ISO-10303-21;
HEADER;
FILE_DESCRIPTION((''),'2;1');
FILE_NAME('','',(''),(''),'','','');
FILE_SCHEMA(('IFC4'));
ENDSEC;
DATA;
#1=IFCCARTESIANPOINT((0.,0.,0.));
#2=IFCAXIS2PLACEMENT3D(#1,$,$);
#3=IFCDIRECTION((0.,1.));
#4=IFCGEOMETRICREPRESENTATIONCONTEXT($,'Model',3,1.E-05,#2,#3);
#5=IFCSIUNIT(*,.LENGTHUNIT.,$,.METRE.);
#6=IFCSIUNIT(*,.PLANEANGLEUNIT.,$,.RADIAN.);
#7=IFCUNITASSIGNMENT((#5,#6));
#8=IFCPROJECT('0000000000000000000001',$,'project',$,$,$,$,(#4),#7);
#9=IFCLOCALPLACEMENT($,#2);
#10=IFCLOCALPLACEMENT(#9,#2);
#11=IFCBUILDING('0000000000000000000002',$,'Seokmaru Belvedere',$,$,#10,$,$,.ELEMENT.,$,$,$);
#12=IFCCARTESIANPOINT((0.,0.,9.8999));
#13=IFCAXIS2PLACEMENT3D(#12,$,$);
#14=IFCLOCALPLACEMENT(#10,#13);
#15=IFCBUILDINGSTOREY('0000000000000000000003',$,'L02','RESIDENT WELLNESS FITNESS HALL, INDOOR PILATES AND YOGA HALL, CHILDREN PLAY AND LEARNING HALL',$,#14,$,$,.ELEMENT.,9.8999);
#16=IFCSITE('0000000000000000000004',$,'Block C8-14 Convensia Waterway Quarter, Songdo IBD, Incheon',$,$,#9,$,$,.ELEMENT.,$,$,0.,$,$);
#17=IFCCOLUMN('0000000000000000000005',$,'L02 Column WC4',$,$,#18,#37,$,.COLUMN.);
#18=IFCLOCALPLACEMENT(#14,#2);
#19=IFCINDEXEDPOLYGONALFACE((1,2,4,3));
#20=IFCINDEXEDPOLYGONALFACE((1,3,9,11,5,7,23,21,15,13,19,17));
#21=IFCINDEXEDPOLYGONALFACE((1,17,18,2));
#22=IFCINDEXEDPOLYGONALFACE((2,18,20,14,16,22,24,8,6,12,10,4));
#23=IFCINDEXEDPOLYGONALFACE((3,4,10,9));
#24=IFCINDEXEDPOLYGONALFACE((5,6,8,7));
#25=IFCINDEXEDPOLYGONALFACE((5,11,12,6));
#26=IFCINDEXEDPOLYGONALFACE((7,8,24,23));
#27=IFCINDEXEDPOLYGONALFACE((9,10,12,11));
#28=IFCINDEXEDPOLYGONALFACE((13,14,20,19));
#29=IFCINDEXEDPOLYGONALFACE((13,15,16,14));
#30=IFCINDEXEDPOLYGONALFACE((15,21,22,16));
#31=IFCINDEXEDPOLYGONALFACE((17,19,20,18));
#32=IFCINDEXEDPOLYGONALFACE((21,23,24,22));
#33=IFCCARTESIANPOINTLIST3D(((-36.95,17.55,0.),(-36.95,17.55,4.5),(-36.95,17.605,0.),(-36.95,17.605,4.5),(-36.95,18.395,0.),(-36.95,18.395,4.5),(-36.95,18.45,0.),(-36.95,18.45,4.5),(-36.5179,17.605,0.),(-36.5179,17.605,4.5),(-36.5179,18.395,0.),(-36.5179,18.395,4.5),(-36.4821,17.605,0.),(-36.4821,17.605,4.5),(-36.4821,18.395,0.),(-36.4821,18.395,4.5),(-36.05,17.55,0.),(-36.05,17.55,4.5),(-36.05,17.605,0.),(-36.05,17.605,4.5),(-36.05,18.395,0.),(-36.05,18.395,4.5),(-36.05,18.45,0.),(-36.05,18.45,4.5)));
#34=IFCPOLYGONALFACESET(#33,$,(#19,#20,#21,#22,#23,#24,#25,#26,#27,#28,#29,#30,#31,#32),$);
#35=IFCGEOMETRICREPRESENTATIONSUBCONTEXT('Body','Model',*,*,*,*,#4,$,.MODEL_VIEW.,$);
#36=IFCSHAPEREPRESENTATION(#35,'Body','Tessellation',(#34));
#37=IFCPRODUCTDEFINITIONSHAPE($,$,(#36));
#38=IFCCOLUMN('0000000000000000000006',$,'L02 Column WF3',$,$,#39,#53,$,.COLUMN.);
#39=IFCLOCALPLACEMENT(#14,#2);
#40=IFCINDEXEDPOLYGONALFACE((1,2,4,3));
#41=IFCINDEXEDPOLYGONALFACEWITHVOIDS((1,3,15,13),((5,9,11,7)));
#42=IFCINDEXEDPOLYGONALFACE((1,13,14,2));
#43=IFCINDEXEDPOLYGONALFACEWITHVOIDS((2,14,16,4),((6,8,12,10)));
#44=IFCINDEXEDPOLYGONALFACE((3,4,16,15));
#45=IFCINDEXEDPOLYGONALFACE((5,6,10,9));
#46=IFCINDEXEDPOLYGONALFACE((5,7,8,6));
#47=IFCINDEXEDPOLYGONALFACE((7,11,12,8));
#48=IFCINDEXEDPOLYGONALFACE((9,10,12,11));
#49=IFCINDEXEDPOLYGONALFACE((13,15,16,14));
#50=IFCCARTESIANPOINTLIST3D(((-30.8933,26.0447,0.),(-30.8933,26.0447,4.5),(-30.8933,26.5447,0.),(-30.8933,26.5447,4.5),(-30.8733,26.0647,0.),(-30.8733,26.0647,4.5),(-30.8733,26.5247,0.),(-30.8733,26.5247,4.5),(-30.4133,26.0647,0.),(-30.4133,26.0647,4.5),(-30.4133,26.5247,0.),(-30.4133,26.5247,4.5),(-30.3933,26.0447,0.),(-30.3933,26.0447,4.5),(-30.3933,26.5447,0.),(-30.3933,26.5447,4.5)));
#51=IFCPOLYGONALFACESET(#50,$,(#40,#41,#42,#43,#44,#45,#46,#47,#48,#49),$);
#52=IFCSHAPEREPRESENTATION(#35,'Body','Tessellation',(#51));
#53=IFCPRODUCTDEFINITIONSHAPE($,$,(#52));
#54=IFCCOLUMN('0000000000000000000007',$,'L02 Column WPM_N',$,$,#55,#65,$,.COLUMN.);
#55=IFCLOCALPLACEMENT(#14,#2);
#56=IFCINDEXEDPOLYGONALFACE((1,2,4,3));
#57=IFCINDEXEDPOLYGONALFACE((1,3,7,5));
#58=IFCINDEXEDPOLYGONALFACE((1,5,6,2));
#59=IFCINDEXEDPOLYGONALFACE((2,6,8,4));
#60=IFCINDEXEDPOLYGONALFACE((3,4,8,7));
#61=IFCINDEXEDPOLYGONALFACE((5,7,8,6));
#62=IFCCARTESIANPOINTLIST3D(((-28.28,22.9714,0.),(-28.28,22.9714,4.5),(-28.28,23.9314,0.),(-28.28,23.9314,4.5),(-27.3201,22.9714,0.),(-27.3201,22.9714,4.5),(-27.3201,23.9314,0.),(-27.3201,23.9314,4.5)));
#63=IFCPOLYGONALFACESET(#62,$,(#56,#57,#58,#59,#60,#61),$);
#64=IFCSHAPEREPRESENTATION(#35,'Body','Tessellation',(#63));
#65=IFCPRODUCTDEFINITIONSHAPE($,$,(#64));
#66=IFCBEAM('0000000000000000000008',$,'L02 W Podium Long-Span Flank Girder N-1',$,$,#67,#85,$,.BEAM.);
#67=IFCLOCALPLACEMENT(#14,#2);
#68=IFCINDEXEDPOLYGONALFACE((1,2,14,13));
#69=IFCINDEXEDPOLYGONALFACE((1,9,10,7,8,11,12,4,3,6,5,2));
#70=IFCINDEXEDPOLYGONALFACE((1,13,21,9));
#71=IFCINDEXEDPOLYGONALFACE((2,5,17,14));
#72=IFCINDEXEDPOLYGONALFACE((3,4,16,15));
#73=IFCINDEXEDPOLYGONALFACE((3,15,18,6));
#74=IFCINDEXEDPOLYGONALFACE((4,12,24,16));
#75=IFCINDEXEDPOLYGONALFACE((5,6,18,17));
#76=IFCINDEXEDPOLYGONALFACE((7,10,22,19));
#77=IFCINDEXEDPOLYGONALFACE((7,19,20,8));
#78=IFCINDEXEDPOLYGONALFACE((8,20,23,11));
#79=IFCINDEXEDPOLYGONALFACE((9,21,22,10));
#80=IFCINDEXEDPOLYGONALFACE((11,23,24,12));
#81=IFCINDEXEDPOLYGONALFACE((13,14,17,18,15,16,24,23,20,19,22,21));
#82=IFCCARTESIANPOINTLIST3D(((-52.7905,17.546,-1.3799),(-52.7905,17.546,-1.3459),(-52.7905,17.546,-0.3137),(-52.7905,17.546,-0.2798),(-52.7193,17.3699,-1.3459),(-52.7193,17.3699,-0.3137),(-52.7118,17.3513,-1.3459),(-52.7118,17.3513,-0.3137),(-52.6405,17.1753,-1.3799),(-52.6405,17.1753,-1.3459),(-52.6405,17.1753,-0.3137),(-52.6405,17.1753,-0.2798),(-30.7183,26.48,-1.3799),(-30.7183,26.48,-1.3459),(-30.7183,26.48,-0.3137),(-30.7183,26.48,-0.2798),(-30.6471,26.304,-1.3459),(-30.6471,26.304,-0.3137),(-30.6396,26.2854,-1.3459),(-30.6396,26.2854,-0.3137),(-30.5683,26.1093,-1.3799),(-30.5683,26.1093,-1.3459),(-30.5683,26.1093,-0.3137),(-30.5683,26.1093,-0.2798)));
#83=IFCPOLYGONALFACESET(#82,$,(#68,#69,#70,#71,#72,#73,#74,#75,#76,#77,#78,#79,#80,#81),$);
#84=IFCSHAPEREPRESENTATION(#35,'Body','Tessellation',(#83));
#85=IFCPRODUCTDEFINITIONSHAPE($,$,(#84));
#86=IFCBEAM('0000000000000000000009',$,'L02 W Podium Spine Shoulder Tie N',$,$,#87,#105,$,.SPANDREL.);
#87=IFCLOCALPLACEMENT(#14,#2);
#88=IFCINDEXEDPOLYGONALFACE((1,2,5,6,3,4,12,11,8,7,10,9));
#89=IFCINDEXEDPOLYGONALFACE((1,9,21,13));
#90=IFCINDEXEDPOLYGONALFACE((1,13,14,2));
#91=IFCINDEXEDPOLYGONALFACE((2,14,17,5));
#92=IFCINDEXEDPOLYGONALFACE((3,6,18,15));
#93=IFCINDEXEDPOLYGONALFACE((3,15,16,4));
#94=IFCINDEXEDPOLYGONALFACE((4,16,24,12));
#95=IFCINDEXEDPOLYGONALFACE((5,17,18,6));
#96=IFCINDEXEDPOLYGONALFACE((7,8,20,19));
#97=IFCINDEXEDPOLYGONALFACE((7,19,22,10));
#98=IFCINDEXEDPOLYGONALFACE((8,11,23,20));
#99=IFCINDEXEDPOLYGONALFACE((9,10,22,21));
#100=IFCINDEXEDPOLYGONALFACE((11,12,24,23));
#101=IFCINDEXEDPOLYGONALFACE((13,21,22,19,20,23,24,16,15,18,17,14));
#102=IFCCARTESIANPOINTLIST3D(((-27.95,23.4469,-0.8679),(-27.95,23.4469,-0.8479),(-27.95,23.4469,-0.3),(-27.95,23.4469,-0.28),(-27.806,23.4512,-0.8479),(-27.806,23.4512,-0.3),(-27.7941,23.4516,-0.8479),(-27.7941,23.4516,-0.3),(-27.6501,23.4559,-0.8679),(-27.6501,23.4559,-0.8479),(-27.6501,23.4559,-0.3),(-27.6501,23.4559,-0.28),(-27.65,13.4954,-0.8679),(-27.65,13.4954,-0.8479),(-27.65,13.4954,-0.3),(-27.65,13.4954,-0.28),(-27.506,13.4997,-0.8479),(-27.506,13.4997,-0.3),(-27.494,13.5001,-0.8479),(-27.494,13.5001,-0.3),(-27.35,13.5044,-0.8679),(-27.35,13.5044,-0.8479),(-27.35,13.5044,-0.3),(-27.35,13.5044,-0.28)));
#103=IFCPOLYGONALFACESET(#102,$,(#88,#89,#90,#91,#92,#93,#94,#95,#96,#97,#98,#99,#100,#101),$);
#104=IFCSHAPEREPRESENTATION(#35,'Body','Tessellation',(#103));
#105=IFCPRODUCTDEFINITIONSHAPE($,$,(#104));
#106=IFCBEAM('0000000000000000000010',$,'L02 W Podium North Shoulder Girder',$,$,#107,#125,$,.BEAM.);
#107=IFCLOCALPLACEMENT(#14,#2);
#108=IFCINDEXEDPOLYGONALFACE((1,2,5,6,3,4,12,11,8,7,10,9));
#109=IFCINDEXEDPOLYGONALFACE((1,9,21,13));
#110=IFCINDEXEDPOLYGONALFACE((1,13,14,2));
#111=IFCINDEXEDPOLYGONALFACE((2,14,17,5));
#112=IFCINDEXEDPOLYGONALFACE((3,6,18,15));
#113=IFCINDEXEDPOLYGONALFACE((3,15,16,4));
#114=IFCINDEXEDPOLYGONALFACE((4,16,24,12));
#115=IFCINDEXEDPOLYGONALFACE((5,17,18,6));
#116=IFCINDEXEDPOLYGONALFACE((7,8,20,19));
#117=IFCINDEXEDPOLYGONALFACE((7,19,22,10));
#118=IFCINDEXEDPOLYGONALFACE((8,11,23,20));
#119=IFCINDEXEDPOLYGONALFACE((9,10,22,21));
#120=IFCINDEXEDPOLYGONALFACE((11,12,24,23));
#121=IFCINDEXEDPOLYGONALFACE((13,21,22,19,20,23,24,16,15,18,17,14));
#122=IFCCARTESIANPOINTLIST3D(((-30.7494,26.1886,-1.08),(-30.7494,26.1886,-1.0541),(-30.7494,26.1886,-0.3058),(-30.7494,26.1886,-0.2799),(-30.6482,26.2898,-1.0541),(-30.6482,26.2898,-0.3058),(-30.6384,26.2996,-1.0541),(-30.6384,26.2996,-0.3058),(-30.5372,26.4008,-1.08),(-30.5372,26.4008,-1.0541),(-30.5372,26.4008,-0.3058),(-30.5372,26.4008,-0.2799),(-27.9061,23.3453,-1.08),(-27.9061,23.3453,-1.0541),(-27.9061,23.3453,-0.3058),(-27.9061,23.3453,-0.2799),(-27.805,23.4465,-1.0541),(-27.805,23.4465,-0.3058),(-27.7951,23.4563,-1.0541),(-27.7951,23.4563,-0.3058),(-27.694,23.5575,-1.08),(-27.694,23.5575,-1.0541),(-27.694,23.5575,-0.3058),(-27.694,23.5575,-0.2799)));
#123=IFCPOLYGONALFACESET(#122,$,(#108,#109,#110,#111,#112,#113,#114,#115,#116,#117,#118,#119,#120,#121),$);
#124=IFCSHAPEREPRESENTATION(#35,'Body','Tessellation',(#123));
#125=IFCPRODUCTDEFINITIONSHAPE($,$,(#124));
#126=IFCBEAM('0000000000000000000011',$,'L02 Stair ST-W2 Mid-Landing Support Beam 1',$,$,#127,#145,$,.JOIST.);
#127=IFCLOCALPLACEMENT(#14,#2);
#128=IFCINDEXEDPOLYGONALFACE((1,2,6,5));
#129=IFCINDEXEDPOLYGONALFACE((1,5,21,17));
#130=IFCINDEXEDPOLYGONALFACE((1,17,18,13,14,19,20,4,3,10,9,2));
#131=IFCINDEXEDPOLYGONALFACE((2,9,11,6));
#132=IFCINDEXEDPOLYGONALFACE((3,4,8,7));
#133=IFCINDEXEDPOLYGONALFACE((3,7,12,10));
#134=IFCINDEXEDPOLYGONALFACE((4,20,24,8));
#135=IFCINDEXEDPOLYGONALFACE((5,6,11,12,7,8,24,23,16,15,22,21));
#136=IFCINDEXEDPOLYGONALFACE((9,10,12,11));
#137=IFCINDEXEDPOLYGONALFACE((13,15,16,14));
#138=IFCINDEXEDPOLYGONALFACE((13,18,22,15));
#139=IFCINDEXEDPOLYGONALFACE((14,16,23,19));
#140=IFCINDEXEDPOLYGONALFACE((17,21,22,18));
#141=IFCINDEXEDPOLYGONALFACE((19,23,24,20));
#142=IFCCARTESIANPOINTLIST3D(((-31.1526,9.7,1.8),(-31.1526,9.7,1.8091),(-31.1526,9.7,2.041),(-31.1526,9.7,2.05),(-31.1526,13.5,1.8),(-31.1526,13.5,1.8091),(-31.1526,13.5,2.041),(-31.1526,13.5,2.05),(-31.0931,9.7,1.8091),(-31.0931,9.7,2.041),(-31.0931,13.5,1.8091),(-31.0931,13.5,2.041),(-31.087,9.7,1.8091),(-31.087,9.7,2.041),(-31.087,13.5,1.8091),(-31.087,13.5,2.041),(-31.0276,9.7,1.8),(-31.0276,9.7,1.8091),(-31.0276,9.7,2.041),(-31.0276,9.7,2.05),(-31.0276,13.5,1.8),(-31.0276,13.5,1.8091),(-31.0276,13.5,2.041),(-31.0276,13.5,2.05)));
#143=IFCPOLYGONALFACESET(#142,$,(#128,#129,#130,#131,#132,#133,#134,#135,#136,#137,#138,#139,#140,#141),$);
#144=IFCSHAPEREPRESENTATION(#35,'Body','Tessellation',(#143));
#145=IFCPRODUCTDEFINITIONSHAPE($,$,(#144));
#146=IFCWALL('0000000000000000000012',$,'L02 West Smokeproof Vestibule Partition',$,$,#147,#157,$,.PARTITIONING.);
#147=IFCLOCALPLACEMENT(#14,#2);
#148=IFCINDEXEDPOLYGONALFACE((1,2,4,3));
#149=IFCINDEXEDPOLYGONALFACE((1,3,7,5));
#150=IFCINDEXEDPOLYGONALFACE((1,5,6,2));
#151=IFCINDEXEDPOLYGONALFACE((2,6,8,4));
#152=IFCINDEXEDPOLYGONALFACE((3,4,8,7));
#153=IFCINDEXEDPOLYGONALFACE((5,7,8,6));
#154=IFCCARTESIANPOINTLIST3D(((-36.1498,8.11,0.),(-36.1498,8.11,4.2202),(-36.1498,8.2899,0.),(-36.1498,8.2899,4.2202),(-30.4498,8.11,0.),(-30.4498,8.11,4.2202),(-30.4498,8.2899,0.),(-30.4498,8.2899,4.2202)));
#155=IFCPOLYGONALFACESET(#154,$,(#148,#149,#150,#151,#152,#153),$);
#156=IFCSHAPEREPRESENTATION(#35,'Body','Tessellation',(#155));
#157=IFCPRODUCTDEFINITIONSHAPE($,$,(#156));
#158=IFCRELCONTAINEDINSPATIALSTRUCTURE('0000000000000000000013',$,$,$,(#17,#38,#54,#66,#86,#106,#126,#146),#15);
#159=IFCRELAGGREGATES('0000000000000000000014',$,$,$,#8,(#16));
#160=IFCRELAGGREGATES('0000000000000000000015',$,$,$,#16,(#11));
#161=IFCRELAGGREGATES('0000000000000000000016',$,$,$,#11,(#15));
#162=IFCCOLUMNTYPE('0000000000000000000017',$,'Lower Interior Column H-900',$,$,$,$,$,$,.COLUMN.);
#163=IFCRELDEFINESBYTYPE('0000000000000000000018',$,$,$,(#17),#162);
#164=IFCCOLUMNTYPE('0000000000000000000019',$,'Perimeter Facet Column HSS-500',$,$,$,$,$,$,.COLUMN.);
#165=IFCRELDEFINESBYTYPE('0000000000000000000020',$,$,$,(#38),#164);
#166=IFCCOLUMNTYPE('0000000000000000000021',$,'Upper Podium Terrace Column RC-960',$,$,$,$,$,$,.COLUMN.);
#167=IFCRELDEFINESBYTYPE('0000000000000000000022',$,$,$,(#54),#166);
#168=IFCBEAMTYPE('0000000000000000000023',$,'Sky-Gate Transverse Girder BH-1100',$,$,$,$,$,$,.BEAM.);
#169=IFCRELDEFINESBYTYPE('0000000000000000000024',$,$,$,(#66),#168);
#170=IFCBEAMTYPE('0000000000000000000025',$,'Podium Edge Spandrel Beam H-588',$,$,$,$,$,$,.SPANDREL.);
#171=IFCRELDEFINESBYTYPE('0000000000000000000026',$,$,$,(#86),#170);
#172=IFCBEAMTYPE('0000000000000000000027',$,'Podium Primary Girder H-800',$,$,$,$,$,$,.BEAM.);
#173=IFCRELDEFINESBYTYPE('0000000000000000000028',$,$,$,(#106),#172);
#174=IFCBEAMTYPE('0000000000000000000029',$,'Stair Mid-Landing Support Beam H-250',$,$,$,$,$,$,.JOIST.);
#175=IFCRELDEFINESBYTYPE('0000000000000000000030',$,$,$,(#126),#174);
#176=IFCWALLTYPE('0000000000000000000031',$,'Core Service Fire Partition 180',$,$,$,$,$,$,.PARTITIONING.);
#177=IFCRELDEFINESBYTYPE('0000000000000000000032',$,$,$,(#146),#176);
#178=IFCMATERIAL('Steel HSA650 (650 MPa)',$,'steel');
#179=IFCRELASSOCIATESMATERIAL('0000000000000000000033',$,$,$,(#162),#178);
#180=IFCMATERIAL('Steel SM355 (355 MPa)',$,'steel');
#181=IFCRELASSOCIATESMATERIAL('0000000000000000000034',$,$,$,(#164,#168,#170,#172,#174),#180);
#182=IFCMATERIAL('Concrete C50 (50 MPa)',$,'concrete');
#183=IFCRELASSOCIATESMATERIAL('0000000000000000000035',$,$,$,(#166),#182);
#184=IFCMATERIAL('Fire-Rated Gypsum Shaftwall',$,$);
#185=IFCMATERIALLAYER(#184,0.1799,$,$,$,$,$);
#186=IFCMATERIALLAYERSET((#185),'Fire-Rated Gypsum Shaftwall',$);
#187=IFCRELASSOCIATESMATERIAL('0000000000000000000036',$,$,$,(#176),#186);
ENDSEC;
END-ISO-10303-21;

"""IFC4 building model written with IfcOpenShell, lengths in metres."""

from ifc_helpers import new_model, si_unit, direction, frame, frame_2d, origin, origin_2d, place, context, subcontext, project, spatial, rectangle, hollow_rectangle, i_section, extrude, source, transform, mapped, material, layer, layer_set, material_profile, profile_set, type_object, type_shapes, element, save


model = new_model("IFC4")

# Units and contexts
model_context = context("Model", 3, precision=1e-05, world=origin(), true_north=direction((0.0, 1.0)))
body_context = subcontext(model_context, "Body", "Model", "MODEL_VIEW")
ifc_project = project(units=[si_unit("LENGTHUNIT", "METRE"), si_unit("PLANEANGLEUNIT", "RADIAN")], contexts=[model_context])

# Site, building, storey
site_placement = place(None, origin())
site = spatial("IfcSite", under=ifc_project, at=site_placement, Name="Block C8-14 Convensia Waterway Quarter, Songdo IBD, Incheon", CompositionType="ELEMENT", RefElevation=0.0)
building_placement = place(site_placement, origin())
building = spatial("IfcBuilding", under=site, at=building_placement, Name="Seokmaru Belvedere", CompositionType="ELEMENT")
storey_placement = place(building_placement, frame((0.0, 0.0, 9.8999)))
storey = spatial("IfcBuildingStorey", under=building, at=storey_placement, Name="L02", Description="RESIDENT WELLNESS FITNESS HALL, INDOOR PILATES AND YOGA HALL, CHILDREN PLAY AND LEARNING HALL", CompositionType="ELEMENT", Elevation=9.8999)

# Columns
ifc_material_1 = material(Name="Steel HSA650 (650 MPa)", Category="steel")
ifc_material_profile_1 = material_profile(ifc_material_1, i_section(OverallWidth=0.8999, OverallDepth=0.8999, WebThickness=0.0359, FlangeThickness=0.0549, at=origin_2d()), Name="H-900x900x36x55")
ifc_profile_set_1 = profile_set([ifc_material_profile_1], Name="Steel HSA650 (650 MPa)")
column_type_1 = type_object("IfcColumnType", Name="Lower Interior Column H-900", PredefinedType="COLUMN", material=ifc_profile_set_1)
shared_shape_1 = source(origin(), body_context, "Body", "SweptSolid", [
    extrude(i_section(OverallWidth=0.8999, OverallDepth=0.8999, WebThickness=0.0359, FlangeThickness=0.0549, at=origin_2d()), origin(), (0.0, 0.0, 1.0), 4.5),
])
type_shapes(column_type_1, [shared_shape_1])
column_1_placement = place(storey_placement, frame((-36.5, 18.0, 0.0), z_axis=(0.0, 0.0, 1.0), x_axis=(1.0, 0.0, 0.0)))
element("IfcColumn", 1, at=column_1_placement, inside=storey, type_object=column_type_1, Name="L02 Column WC4", PredefinedType="COLUMN", context=body_context, shape_type="MappedRepresentation", body=[
    mapped(shared_shape_1, transform((0.0, 0.0, 0.0), scale=1.0)),
])
ifc_material_2 = material(Name="Steel SM355 (355 MPa)", Category="steel")
ifc_material_profile_2 = material_profile(ifc_material_2, hollow_rectangle(XDim=0.5, YDim=0.5, WallThickness=0.02, at=origin_2d()), Name="HSS-500x500x20")
ifc_profile_set_2 = profile_set([ifc_material_profile_2], Name="Steel SM355 (355 MPa)")
column_type_2 = type_object("IfcColumnType", Name="Perimeter Facet Column HSS-500", PredefinedType="COLUMN", material=ifc_profile_set_2)
shared_shape_2 = source(origin(), body_context, "Body", "SweptSolid", [
    extrude(hollow_rectangle(XDim=0.5, YDim=0.5, WallThickness=0.02, at=origin_2d()), origin(), (0.0, 0.0, 1.0), 4.5),
])
type_shapes(column_type_2, [shared_shape_2])
column_2_placement = place(storey_placement, frame((-30.6433, 26.2947, 0.0), z_axis=(0.0, 0.0, 1.0), x_axis=(1.0, 0.0, 0.0)))
element("IfcColumn", 2, at=column_2_placement, inside=storey, type_object=column_type_2, Name="L02 Column WF3", PredefinedType="COLUMN", context=body_context, shape_type="MappedRepresentation", body=[
    mapped(shared_shape_2, transform((0.0, 0.0, 0.0), scale=1.0)),
])
ifc_material_3 = material(Name="Concrete C50 (50 MPa)", Category="concrete")
ifc_material_profile_3 = material_profile(ifc_material_3, rectangle(XDim=0.96, YDim=0.96, at=origin_2d()), Name="RC-960x960")
ifc_profile_set_3 = profile_set([ifc_material_profile_3], Name="Concrete C50 (50 MPa)")
column_type_3 = type_object("IfcColumnType", Name="Upper Podium Terrace Column RC-960", PredefinedType="COLUMN", material=ifc_profile_set_3)
shared_shape_3 = source(origin(), body_context, "Body", "SweptSolid", [
    extrude(rectangle(XDim=0.96, YDim=0.96, at=origin_2d()), origin(), (0.0, 0.0, 1.0), 4.5),
])
type_shapes(column_type_3, [shared_shape_3])
column_3_placement = place(storey_placement, frame((-27.8, 23.4514, 0.0), z_axis=(0.0, 0.0, 1.0), x_axis=(1.0, 0.0, 0.0)))
element("IfcColumn", 3, at=column_3_placement, inside=storey, type_object=column_type_3, Name="L02 Column WPM_N", PredefinedType="COLUMN", context=body_context, shape_type="MappedRepresentation", body=[
    mapped(shared_shape_3, transform((0.0, 0.0, 0.0), scale=1.0)),
])

# Beams
ifc_material_profile_4 = material_profile(ifc_material_2, i_section(OverallWidth=0.3999, OverallDepth=1.1001, WebThickness=0.02, FlangeThickness=0.0339, at=origin_2d()), Name="BH-1100x400x20x34")
ifc_profile_set_4 = profile_set([ifc_material_profile_4], Name="Steel SM355 (355 MPa)")
beam_type_1 = type_object("IfcBeamType", Name="Sky-Gate Transverse Girder BH-1100", PredefinedType="BEAM", material=ifc_profile_set_4)
shared_shape_4 = source(origin(), body_context, "Body", "SweptSolid", [
    extrude(i_section(OverallWidth=0.3999, OverallDepth=1.1001, WebThickness=0.02, FlangeThickness=0.0339, at=origin_2d()), origin(), (0.0, 0.0, 1.0), 23.8118),
])
type_shapes(beam_type_1, [shared_shape_4])
beam_1_placement = place(storey_placement, frame((-30.6433, 26.2947, -0.8298), z_axis=(-0.926946, -0.375195, 0.0), x_axis=(0.375195, -0.926946, 0.0)))
element("IfcBeam", 4, at=beam_1_placement, inside=storey, type_object=beam_type_1, Name="L02 W Podium Long-Span Flank Girder N-1", PredefinedType="BEAM", context=body_context, shape_type="MappedRepresentation", body=[
    mapped(shared_shape_4, transform((0.0, 0.0, 0.0), scale=1.0)),
])
ifc_material_profile_5 = material_profile(ifc_material_2, i_section(OverallWidth=0.3, OverallDepth=0.5879, WebThickness=0.012, FlangeThickness=0.02, at=origin_2d()), Name="H-588x300x12x20")
ifc_profile_set_5 = profile_set([ifc_material_profile_5], Name="Steel SM355 (355 MPa)")
beam_type_2 = type_object("IfcBeamType", Name="Podium Edge Spandrel Beam H-588", PredefinedType="SPANDREL", material=ifc_profile_set_5)
shared_shape_5 = source(origin(), body_context, "Body", "SweptSolid", [
    extrude(i_section(OverallWidth=0.3, OverallDepth=0.5879, WebThickness=0.012, FlangeThickness=0.02, at=origin_2d()), origin(), (0.0, 0.0, 1.0), 9.9561),
])
type_shapes(beam_type_2, [shared_shape_5])
beam_2_placement = place(storey_placement, frame((-27.8, 23.4514, -0.574), z_axis=(0.030138, -0.999546, 0.0), x_axis=(0.999546, 0.030138, 0.0)))
element("IfcBeam", 5, at=beam_2_placement, inside=storey, type_object=beam_type_2, Name="L02 W Podium Spine Shoulder Tie N", PredefinedType="SPANDREL", context=body_context, shape_type="MappedRepresentation", body=[
    mapped(shared_shape_5, transform((0.0, 0.0, 0.0), scale=1.0)),
])
ifc_material_profile_6 = material_profile(ifc_material_2, i_section(OverallWidth=0.3, OverallDepth=0.8, WebThickness=0.0139, FlangeThickness=0.0259, at=origin_2d()), Name="H-800x300x14x26")
ifc_profile_set_6 = profile_set([ifc_material_profile_6], Name="Steel SM355 (355 MPa)")
beam_type_3 = type_object("IfcBeamType", Name="Podium Primary Girder H-800", PredefinedType="BEAM", material=ifc_profile_set_6)
shared_shape_6 = source(origin(), body_context, "Body", "SweptSolid", [
    extrude(i_section(OverallWidth=0.3, OverallDepth=0.8, WebThickness=0.0139, FlangeThickness=0.0259, at=origin_2d()), origin(), (0.0, 0.0, 1.0), 4.021),
])
type_shapes(beam_type_3, [shared_shape_6])
beam_3_placement = place(storey_placement, frame((-30.6433, 26.2947, -0.6799), z_axis=(0.707107, -0.707107, 0.0), x_axis=(0.707107, 0.707107, 0.0)))
element("IfcBeam", 6, at=beam_3_placement, inside=storey, type_object=beam_type_3, Name="L02 W Podium North Shoulder Girder", PredefinedType="BEAM", context=body_context, shape_type="MappedRepresentation", body=[
    mapped(shared_shape_6, transform((0.0, 0.0, 0.0), scale=1.0)),
])
ifc_material_profile_7 = material_profile(ifc_material_2, i_section(OverallWidth=0.125, OverallDepth=0.25, WebThickness=0.0061, FlangeThickness=0.009, at=origin_2d()), Name="H-250x125x6x9")
ifc_profile_set_7 = profile_set([ifc_material_profile_7], Name="Steel SM355 (355 MPa)")
beam_type_4 = type_object("IfcBeamType", Name="Stair Mid-Landing Support Beam H-250", PredefinedType="JOIST", material=ifc_profile_set_7)
shared_shape_7 = source(origin(), body_context, "Body", "SweptSolid", [
    extrude(i_section(OverallWidth=0.125, OverallDepth=0.25, WebThickness=0.0061, FlangeThickness=0.009, at=origin_2d()), origin(), (0.0, 0.0, 1.0), 3.8),
])
type_shapes(beam_type_4, [shared_shape_7])
beam_4_placement = place(storey_placement, frame((-31.0901, 9.7, 1.925), z_axis=(0.0, 1.0, 0.0), x_axis=(-1.0, 0.0, 0.0)))
element("IfcBeam", 7, at=beam_4_placement, inside=storey, type_object=beam_type_4, Name="L02 Stair ST-W2 Mid-Landing Support Beam 1", PredefinedType="JOIST", context=body_context, shape_type="MappedRepresentation", body=[
    mapped(shared_shape_7, transform((0.0, 0.0, 0.0), scale=1.0)),
])

# Wall
ifc_material_4 = material(Name="Fire-Rated Gypsum Shaftwall")
ifc_layer_1 = layer(ifc_material_4, 0.1799)
ifc_layer_set_1 = layer_set([ifc_layer_1], Name="Fire-Rated Gypsum Shaftwall")
wall_type_1 = type_object("IfcWallType", Name="Core Service Fire Partition 180", PredefinedType="PARTITIONING", material=ifc_layer_set_1)
wall_1_placement = place(storey_placement, frame((-36.1499, 8.2, 0.0), z_axis=(0.0, 0.0, 1.0), x_axis=(1.0, 0.0, 0.0)))
element("IfcWall", 8, at=wall_1_placement, inside=storey, type_object=wall_type_1, Name="L02 West Smokeproof Vestibule Partition", PredefinedType="PARTITIONING", context=body_context, shape_type="SweptSolid", body=[
    extrude(rectangle(XDim=5.7, YDim=0.1799, at=frame_2d((2.8501, 0.0))), origin(), (0.0, 0.0, 1.0), 4.2202),
])

save(model, "model.ifc")
